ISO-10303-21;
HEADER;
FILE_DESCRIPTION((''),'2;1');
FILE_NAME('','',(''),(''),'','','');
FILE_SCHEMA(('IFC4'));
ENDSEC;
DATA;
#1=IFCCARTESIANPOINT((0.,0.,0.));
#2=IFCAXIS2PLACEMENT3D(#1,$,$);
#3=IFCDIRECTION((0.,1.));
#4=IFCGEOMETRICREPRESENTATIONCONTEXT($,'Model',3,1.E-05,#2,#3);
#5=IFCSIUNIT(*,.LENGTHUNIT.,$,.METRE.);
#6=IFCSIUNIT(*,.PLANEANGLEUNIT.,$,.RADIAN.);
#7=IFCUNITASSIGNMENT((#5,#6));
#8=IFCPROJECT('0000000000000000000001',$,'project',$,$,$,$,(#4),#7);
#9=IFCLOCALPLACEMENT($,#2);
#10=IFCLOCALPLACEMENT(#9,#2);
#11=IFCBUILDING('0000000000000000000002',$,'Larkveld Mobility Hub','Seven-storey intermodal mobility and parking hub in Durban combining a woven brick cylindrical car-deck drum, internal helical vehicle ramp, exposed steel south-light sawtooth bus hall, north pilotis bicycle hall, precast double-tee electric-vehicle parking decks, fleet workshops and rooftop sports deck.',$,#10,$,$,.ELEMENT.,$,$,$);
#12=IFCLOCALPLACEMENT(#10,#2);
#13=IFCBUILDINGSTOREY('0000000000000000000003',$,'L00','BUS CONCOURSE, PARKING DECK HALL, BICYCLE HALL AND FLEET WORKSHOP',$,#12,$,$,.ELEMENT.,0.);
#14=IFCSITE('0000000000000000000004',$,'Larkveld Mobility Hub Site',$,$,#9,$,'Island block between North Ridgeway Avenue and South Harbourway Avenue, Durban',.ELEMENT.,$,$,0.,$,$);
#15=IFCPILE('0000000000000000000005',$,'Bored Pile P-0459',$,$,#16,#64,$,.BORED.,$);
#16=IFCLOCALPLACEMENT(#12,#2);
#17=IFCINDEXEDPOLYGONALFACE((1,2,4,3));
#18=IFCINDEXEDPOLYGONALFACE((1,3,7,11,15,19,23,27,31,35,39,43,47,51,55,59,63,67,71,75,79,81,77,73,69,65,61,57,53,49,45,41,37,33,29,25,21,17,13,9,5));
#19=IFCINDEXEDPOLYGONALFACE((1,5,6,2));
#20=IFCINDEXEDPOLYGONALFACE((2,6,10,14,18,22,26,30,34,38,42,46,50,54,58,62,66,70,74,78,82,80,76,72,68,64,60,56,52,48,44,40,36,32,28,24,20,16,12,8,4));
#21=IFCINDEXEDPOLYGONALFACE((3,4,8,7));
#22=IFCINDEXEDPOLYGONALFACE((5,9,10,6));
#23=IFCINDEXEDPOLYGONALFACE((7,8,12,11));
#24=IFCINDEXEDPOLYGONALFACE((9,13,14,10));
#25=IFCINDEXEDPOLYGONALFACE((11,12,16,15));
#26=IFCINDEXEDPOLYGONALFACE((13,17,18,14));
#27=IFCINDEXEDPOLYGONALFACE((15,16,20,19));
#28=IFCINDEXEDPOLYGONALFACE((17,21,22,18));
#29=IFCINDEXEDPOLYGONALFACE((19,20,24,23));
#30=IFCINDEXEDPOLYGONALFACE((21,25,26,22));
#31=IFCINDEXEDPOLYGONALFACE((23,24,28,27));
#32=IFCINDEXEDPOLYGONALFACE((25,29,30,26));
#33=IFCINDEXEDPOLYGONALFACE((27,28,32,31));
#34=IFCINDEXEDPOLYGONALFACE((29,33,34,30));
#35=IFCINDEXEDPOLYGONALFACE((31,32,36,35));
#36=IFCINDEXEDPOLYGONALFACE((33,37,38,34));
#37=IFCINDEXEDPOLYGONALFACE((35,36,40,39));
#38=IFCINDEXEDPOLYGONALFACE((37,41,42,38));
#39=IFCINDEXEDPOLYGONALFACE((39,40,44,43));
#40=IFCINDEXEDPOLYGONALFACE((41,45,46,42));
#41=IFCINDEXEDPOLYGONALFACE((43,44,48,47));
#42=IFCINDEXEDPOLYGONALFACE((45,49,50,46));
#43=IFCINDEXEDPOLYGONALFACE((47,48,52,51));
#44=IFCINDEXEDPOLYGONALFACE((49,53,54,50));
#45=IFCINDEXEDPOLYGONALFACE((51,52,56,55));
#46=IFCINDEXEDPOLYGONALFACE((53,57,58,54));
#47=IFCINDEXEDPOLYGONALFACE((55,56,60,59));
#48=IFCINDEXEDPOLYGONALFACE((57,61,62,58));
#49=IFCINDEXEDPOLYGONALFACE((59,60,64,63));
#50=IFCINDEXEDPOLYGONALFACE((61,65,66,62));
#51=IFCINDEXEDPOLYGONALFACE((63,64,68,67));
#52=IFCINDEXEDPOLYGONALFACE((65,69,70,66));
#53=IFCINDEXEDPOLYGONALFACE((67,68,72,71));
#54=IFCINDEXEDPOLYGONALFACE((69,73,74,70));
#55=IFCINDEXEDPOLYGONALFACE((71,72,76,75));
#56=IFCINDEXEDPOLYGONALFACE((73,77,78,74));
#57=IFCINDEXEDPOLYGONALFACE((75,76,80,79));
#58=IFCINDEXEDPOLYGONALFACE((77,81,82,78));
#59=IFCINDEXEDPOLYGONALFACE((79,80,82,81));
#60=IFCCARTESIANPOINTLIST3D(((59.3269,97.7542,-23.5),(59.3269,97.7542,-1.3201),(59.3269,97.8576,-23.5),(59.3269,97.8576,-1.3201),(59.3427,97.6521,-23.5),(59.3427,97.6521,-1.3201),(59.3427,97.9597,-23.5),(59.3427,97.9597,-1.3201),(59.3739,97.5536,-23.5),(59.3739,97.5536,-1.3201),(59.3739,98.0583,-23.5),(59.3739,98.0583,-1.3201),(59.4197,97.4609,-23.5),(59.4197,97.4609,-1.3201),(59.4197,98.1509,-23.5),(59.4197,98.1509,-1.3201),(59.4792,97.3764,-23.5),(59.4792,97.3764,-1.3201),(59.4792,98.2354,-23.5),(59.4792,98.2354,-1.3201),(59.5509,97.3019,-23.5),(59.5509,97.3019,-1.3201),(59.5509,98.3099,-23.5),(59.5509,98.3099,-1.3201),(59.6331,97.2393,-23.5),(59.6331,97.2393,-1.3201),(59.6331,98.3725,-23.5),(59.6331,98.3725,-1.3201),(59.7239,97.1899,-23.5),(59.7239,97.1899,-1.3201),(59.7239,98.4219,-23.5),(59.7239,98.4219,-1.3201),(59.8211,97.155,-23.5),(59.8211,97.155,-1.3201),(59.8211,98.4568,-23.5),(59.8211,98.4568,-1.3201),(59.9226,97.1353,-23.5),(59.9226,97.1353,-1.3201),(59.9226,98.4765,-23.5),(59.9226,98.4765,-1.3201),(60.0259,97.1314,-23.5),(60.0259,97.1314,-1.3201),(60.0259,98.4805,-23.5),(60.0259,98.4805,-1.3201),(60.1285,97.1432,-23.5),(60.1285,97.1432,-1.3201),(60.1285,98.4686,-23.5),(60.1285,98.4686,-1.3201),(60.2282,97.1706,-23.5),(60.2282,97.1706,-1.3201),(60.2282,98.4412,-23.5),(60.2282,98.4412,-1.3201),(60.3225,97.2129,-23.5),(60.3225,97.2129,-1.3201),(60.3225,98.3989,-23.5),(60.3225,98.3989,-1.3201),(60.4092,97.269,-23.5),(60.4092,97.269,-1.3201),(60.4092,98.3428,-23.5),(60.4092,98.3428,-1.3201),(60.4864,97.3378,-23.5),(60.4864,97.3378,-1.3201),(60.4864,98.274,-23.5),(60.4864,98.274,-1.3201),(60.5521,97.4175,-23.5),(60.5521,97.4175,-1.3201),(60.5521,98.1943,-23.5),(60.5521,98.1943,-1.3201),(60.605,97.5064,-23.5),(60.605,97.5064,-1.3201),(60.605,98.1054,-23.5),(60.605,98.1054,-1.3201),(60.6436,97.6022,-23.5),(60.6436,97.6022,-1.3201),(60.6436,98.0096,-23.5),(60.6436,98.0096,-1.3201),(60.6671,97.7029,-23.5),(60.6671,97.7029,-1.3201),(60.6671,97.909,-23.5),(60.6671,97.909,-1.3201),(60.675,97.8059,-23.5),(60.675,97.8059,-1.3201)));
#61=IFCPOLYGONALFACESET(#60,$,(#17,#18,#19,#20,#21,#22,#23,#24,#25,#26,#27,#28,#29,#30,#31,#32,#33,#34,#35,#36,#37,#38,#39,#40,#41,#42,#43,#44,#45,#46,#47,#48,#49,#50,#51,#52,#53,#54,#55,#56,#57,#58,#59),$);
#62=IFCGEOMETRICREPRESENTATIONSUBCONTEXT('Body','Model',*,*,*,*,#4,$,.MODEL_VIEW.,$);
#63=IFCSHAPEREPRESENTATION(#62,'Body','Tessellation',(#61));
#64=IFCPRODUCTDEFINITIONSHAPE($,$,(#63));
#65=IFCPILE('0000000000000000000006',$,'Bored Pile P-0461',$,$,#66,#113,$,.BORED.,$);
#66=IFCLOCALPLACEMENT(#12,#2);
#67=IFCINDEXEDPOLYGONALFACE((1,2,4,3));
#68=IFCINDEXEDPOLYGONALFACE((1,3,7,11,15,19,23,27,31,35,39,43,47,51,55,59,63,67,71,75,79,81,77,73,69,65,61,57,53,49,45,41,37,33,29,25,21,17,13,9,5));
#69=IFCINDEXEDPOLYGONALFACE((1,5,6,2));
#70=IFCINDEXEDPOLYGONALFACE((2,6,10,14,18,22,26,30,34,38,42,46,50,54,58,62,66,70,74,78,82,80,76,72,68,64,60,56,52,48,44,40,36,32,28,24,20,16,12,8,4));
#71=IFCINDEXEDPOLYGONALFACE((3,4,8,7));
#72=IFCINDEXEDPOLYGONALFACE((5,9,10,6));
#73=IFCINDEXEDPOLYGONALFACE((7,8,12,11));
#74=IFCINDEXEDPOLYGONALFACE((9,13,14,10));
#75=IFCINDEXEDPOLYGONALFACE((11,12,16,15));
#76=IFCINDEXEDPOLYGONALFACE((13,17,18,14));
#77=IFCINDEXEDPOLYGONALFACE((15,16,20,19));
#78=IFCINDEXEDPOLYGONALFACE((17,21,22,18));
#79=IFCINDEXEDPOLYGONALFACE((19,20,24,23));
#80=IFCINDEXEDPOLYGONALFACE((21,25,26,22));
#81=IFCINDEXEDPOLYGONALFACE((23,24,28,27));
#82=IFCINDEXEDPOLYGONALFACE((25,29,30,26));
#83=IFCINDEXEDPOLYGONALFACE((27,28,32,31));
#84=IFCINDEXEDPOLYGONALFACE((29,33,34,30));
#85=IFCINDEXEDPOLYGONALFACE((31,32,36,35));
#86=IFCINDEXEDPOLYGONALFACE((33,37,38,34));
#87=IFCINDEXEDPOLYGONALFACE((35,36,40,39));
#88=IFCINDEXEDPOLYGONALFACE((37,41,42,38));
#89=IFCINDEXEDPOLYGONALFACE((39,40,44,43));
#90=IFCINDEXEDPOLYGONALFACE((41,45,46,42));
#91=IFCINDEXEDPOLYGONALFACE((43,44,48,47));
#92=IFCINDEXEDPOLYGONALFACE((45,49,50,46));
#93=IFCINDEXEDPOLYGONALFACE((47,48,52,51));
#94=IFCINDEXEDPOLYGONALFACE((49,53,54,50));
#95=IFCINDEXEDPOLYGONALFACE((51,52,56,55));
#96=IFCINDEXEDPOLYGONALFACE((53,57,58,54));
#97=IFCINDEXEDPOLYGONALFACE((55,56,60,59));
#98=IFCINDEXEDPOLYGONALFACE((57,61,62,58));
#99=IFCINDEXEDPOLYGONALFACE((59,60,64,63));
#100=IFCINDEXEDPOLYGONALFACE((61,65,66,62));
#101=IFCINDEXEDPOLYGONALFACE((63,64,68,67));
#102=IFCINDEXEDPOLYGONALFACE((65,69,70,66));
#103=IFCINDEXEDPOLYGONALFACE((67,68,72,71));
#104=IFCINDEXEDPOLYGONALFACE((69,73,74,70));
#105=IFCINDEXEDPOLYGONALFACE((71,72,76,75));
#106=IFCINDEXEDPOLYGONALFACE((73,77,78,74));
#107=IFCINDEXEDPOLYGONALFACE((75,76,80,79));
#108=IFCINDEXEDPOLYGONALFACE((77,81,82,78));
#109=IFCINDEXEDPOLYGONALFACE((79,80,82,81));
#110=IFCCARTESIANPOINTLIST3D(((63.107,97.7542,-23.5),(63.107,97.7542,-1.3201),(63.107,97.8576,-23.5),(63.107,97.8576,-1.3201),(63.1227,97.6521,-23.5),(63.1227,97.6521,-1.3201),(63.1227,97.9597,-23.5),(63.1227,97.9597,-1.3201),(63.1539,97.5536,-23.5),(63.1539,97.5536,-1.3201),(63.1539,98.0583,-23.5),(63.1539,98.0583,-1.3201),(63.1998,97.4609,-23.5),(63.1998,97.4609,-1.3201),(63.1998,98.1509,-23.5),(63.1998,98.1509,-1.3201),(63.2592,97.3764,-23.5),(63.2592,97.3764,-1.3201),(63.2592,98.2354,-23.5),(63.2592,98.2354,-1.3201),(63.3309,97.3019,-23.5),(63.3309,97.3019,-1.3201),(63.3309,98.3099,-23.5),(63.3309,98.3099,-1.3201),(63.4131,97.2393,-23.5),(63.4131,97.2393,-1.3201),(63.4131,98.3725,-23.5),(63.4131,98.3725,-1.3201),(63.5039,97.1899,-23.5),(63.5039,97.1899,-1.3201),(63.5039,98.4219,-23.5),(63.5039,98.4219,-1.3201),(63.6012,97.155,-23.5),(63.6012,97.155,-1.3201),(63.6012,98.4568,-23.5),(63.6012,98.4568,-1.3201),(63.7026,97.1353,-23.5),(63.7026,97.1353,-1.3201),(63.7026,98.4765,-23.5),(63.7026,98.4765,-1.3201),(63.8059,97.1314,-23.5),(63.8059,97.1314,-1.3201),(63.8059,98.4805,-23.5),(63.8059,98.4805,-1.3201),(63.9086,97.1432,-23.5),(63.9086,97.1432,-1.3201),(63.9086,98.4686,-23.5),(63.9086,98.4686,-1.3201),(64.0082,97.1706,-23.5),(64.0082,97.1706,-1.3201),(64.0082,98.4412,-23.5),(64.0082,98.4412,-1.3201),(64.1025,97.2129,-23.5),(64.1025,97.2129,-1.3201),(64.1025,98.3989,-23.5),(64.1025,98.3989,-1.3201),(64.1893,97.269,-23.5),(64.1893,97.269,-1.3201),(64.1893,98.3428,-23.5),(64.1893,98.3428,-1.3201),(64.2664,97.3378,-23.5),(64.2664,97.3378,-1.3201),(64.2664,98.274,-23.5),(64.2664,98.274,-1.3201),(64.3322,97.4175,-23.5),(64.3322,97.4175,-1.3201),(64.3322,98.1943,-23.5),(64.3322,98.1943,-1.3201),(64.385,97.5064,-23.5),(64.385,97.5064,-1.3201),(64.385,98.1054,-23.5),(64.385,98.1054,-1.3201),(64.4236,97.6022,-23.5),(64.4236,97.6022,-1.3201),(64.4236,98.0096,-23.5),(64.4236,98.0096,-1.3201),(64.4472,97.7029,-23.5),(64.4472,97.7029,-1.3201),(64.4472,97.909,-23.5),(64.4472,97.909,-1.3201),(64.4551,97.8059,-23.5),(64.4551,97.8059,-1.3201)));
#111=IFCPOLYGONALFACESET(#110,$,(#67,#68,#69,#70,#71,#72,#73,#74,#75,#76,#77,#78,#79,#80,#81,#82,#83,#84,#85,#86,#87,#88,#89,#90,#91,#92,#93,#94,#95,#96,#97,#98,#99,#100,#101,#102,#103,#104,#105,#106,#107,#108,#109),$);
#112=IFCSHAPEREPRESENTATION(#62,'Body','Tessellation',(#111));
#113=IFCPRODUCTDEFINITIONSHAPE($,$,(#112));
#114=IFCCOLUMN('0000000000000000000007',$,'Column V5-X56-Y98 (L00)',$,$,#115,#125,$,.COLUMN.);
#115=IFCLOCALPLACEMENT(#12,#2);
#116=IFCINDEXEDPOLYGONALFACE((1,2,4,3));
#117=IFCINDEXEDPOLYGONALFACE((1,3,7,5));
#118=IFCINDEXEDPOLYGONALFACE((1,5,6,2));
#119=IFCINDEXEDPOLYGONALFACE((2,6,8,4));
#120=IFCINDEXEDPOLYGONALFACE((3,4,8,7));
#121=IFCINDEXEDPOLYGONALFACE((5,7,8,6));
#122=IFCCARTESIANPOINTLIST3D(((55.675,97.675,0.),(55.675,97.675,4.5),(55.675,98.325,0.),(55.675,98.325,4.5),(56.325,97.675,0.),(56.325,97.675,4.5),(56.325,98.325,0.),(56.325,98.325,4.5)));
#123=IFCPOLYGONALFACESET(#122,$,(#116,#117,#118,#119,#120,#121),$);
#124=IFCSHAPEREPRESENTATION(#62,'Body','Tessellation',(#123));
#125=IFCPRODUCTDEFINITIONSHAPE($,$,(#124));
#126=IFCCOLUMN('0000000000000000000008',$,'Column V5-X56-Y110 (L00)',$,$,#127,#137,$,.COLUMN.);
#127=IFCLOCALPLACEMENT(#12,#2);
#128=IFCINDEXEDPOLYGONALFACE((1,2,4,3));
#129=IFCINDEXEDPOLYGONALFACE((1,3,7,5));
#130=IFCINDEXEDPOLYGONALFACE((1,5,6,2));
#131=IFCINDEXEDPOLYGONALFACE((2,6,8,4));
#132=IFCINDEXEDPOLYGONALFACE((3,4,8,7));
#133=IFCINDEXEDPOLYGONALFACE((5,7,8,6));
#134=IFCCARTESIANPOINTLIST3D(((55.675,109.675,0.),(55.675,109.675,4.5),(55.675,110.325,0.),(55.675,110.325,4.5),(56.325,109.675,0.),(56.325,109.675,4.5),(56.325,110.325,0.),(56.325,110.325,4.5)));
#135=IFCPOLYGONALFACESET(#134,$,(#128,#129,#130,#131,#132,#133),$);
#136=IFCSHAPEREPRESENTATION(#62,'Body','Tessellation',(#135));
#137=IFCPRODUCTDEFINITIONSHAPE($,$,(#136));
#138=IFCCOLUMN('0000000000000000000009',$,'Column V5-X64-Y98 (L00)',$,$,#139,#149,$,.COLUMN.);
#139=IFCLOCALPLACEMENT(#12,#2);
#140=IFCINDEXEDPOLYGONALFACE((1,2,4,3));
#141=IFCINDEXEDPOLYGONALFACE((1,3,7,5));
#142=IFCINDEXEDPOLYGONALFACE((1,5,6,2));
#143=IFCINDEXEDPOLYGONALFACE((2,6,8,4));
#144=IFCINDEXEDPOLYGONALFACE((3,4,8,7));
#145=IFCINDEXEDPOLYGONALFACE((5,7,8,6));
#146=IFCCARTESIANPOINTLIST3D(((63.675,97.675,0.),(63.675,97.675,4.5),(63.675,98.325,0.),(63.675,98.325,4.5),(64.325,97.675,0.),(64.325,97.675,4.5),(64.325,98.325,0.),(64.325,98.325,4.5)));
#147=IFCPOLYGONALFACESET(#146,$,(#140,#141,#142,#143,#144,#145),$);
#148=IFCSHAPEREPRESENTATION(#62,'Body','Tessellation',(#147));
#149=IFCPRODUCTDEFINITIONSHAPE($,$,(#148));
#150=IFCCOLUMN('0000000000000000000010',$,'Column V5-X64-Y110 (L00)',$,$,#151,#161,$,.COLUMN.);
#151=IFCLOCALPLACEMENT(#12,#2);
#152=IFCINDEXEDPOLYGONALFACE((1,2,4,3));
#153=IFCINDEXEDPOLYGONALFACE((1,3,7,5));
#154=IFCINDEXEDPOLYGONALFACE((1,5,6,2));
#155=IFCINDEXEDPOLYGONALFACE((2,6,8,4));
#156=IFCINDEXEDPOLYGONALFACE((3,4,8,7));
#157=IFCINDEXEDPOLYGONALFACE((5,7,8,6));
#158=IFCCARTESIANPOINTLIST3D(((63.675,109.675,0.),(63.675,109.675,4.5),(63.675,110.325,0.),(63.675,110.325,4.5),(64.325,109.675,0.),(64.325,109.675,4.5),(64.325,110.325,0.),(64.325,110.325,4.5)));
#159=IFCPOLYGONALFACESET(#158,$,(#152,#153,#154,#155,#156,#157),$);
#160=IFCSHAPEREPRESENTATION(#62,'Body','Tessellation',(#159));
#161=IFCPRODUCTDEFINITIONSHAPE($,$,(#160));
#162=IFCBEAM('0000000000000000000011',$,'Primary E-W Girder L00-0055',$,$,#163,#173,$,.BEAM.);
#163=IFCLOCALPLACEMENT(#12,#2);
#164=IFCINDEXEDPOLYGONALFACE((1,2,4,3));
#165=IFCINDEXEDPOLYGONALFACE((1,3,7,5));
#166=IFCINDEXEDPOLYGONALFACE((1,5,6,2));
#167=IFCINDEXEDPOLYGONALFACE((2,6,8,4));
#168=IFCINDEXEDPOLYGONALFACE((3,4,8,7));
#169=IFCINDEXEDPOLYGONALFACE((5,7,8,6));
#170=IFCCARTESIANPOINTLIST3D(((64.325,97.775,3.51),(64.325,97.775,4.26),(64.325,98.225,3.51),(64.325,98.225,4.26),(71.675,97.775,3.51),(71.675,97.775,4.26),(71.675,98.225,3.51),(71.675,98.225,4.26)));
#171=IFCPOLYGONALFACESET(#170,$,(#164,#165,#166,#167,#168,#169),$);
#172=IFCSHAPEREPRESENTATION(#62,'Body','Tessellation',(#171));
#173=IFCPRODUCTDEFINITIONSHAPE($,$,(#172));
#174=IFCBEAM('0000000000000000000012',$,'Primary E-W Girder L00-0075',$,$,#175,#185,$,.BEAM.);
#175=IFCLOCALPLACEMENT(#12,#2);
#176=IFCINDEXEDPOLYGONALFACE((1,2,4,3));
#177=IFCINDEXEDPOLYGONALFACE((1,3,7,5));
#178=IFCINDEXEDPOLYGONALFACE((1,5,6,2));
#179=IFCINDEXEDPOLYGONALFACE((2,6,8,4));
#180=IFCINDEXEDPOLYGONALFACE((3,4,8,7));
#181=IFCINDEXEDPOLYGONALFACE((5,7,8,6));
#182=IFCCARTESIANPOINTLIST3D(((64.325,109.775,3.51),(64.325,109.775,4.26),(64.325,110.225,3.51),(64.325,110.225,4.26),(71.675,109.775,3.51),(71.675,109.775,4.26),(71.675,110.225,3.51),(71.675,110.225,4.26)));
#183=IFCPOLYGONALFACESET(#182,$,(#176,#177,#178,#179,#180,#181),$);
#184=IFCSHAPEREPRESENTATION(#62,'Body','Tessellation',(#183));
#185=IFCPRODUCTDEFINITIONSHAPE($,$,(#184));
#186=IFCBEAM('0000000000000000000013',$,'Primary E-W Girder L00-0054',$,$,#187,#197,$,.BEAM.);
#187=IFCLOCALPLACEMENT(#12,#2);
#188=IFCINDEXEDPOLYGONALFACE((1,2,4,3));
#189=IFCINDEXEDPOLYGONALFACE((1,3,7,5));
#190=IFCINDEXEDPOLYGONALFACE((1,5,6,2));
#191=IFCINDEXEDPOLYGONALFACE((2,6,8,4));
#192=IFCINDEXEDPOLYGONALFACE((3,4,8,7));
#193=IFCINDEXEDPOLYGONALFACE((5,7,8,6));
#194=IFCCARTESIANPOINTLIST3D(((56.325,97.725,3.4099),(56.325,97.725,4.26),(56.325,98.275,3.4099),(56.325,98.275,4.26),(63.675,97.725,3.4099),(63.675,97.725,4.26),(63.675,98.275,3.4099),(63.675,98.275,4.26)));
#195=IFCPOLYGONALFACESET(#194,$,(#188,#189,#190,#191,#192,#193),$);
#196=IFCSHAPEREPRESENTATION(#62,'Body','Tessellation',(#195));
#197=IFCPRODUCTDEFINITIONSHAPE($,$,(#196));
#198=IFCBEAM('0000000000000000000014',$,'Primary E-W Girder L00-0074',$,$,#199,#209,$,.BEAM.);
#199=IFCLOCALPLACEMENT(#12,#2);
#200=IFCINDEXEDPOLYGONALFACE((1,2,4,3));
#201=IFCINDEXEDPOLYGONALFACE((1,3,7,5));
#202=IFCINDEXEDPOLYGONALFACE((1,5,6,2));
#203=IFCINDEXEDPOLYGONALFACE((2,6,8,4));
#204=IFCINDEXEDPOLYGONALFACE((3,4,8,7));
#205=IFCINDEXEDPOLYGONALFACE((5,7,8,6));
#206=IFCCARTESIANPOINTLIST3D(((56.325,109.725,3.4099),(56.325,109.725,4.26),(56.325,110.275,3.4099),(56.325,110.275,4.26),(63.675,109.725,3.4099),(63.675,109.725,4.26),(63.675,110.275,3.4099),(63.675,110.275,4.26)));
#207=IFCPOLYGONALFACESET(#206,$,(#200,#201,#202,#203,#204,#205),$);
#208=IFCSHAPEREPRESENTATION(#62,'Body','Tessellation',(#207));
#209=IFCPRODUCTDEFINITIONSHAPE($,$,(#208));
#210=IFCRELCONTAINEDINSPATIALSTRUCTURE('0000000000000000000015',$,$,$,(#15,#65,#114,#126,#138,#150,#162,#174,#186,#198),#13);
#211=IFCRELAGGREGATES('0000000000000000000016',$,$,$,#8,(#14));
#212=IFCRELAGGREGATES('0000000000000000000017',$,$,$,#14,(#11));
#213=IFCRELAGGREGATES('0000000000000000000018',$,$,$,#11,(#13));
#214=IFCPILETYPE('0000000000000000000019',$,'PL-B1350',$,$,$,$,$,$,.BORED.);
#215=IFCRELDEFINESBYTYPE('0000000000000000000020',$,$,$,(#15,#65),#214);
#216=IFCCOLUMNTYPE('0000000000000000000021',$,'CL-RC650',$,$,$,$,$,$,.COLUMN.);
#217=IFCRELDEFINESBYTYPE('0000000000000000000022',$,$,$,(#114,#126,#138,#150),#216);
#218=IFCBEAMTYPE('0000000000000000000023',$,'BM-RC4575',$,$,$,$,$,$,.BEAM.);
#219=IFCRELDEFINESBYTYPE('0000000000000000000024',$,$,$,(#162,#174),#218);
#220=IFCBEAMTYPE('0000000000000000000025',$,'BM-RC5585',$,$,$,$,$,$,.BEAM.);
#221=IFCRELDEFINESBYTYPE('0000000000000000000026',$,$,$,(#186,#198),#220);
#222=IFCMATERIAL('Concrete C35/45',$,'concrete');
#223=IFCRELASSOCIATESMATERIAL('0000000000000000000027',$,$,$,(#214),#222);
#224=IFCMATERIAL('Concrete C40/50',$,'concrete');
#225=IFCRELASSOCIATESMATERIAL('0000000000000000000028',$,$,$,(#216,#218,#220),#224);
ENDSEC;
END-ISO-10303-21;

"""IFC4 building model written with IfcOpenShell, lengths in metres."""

from ifc_helpers import new_model, si_unit, direction, frame, origin, origin_2d, place, context, subcontext, project, spatial, rectangle, circle, extrude, material, material_profile, profile_set, type_object, element, save


model = new_model("IFC4")

# Units and contexts
model_context = context("Model", 3, precision=1e-05, world=origin(), true_north=direction((0.0, 1.0)))
body_context = subcontext(model_context, "Body", "Model", "MODEL_VIEW")
ifc_project = project(units=[si_unit("LENGTHUNIT", "METRE"), si_unit("PLANEANGLEUNIT", "RADIAN")], contexts=[model_context])

# Site, building, storey
site_placement = place(None, origin())
site = spatial("IfcSite", under=ifc_project, at=site_placement, Name="Larkveld Mobility Hub Site", LongName="Island block between North Ridgeway Avenue and South Harbourway Avenue, Durban", CompositionType="ELEMENT", RefElevation=0.0)
building_placement = place(site_placement, origin())
building = spatial("IfcBuilding", under=site, at=building_placement, Name="Larkveld Mobility Hub", Description="Seven-storey intermodal mobility and parking hub in Durban combining a woven brick cylindrical car-deck drum, internal helical vehicle ramp, exposed steel south-light sawtooth bus hall, north pilotis bicycle hall, precast double-tee electric-vehicle parking decks, fleet workshops and rooftop sports deck.", CompositionType="ELEMENT")
storey_placement = place(building_placement, origin())
storey = spatial("IfcBuildingStorey", under=building, at=storey_placement, Name="L00", Description="BUS CONCOURSE, PARKING DECK HALL, BICYCLE HALL AND FLEET WORKSHOP", CompositionType="ELEMENT", Elevation=0.0)

# Shared definitions
ifc_material_1 = material(Name="Concrete C35/45", Category="concrete")

# Piles
ifc_material_profile_1 = material_profile(ifc_material_1, circle(Radius=0.675, at=origin_2d()), Name="PILE D1350")
ifc_profile_set_1 = profile_set([ifc_material_profile_1], Name="Concrete C35/45")
pile_type_1 = type_object("IfcPileType", Name="PL-B1350", PredefinedType="BORED", material=ifc_profile_set_1)
for number, where, z_axis, x_axis, name in (
    (1, (60.0, 97.8059, -1.3201), (0.0, 0.0, -1.0), (1.0, 0.0, 0.0), "Bored Pile P-0459"),
    (2, (63.78, 97.8059, -1.3201), (0.0, 0.0, -1.0), (1.0, 0.0, 0.0), "Bored Pile P-0461"),
):
    element("IfcPile", number, at=place(storey_placement, frame(where, z_axis=z_axis, x_axis=x_axis)), inside=storey, type_object=pile_type_1, Name=name, PredefinedType="BORED", context=body_context, shape_type="SweptSolid", body=[
        extrude(circle(Radius=0.675, at=origin_2d()), origin(), (0.0, 0.0, 1.0), 22.1799),
    ])

# Columns
ifc_material_2 = material(Name="Concrete C40/50", Category="concrete")
ifc_material_profile_2 = material_profile(ifc_material_2, rectangle(XDim=0.6499, YDim=0.6499, at=origin_2d()), Name="RC COL 650x650")
ifc_profile_set_2 = profile_set([ifc_material_profile_2], Name="Concrete C40/50")
column_type = type_object("IfcColumnType", Name="CL-RC650", PredefinedType="COLUMN", material=ifc_profile_set_2)
for number, where, z_axis, x_axis, name in (
    (3, (56.0, 98.0, 0.0), (0.0, 0.0, 1.0), (1.0, 0.0, 0.0), "Column V5-X56-Y98 (L00)"),
    (4, (56.0, 110.0, 0.0), (0.0, 0.0, 1.0), (1.0, 0.0, 0.0), "Column V5-X56-Y110 (L00)"),
    (5, (64.0, 98.0, 0.0), (0.0, 0.0, 1.0), (1.0, 0.0, 0.0), "Column V5-X64-Y98 (L00)"),
    (6, (64.0, 110.0, 0.0), (0.0, 0.0, 1.0), (1.0, 0.0, 0.0), "Column V5-X64-Y110 (L00)"),
):
    element("IfcColumn", number, at=place(storey_placement, frame(where, z_axis=z_axis, x_axis=x_axis)), inside=storey, type_object=column_type, Name=name, PredefinedType="COLUMN", context=body_context, shape_type="SweptSolid", body=[
        extrude(rectangle(XDim=0.6499, YDim=0.6499, at=origin_2d()), origin(), (0.0, 0.0, 1.0), 4.5),
    ])

# Beams
ifc_material_profile_3 = material_profile(ifc_material_2, rectangle(XDim=0.45, YDim=0.75, at=origin_2d()), Name="RC BM 450x750")
ifc_profile_set_3 = profile_set([ifc_material_profile_3], Name="Concrete C40/50")
beam_type_1 = type_object("IfcBeamType", Name="BM-RC4575", PredefinedType="BEAM", material=ifc_profile_set_3)
for number, where, z_axis, x_axis, name in (
    (7, (64.325, 98.0, 3.885), (1.0, 0.0, 0.0), (0.0, 1.0, 0.0), "Primary E-W Girder L00-0055"),
    (8, (64.325, 110.0, 3.885), (1.0, 0.0, 0.0), (0.0, 1.0, 0.0), "Primary E-W Girder L00-0075"),
):
    element("IfcBeam", number, at=place(storey_placement, frame(where, z_axis=z_axis, x_axis=x_axis)), inside=storey, type_object=beam_type_1, Name=name, PredefinedType="BEAM", context=body_context, shape_type="SweptSolid", body=[
        extrude(rectangle(XDim=0.45, YDim=0.75, at=origin_2d()), origin(), (0.0, 0.0, 1.0), 7.3501),
    ])
ifc_material_profile_4 = material_profile(ifc_material_2, rectangle(XDim=0.55, YDim=0.8501, at=origin_2d()), Name="RC BM 550x850")
ifc_profile_set_4 = profile_set([ifc_material_profile_4], Name="Concrete C40/50")
beam_type_2 = type_object("IfcBeamType", Name="BM-RC5585", PredefinedType="BEAM", material=ifc_profile_set_4)
for number, where, z_axis, x_axis, name in (
    (9, (56.325, 98.0, 3.835), (1.0, 0.0, 0.0), (0.0, 1.0, 0.0), "Primary E-W Girder L00-0054"),
    (10, (56.325, 110.0, 3.835), (1.0, 0.0, 0.0), (0.0, 1.0, 0.0), "Primary E-W Girder L00-0074"),
):
    element("IfcBeam", number, at=place(storey_placement, frame(where, z_axis=z_axis, x_axis=x_axis)), inside=storey, type_object=beam_type_2, Name=name, PredefinedType="BEAM", context=body_context, shape_type="SweptSolid", body=[
        extrude(rectangle(XDim=0.55, YDim=0.8501, at=origin_2d()), origin(), (0.0, 0.0, 1.0), 7.3501),
    ])

save(model, "model.ifc")
